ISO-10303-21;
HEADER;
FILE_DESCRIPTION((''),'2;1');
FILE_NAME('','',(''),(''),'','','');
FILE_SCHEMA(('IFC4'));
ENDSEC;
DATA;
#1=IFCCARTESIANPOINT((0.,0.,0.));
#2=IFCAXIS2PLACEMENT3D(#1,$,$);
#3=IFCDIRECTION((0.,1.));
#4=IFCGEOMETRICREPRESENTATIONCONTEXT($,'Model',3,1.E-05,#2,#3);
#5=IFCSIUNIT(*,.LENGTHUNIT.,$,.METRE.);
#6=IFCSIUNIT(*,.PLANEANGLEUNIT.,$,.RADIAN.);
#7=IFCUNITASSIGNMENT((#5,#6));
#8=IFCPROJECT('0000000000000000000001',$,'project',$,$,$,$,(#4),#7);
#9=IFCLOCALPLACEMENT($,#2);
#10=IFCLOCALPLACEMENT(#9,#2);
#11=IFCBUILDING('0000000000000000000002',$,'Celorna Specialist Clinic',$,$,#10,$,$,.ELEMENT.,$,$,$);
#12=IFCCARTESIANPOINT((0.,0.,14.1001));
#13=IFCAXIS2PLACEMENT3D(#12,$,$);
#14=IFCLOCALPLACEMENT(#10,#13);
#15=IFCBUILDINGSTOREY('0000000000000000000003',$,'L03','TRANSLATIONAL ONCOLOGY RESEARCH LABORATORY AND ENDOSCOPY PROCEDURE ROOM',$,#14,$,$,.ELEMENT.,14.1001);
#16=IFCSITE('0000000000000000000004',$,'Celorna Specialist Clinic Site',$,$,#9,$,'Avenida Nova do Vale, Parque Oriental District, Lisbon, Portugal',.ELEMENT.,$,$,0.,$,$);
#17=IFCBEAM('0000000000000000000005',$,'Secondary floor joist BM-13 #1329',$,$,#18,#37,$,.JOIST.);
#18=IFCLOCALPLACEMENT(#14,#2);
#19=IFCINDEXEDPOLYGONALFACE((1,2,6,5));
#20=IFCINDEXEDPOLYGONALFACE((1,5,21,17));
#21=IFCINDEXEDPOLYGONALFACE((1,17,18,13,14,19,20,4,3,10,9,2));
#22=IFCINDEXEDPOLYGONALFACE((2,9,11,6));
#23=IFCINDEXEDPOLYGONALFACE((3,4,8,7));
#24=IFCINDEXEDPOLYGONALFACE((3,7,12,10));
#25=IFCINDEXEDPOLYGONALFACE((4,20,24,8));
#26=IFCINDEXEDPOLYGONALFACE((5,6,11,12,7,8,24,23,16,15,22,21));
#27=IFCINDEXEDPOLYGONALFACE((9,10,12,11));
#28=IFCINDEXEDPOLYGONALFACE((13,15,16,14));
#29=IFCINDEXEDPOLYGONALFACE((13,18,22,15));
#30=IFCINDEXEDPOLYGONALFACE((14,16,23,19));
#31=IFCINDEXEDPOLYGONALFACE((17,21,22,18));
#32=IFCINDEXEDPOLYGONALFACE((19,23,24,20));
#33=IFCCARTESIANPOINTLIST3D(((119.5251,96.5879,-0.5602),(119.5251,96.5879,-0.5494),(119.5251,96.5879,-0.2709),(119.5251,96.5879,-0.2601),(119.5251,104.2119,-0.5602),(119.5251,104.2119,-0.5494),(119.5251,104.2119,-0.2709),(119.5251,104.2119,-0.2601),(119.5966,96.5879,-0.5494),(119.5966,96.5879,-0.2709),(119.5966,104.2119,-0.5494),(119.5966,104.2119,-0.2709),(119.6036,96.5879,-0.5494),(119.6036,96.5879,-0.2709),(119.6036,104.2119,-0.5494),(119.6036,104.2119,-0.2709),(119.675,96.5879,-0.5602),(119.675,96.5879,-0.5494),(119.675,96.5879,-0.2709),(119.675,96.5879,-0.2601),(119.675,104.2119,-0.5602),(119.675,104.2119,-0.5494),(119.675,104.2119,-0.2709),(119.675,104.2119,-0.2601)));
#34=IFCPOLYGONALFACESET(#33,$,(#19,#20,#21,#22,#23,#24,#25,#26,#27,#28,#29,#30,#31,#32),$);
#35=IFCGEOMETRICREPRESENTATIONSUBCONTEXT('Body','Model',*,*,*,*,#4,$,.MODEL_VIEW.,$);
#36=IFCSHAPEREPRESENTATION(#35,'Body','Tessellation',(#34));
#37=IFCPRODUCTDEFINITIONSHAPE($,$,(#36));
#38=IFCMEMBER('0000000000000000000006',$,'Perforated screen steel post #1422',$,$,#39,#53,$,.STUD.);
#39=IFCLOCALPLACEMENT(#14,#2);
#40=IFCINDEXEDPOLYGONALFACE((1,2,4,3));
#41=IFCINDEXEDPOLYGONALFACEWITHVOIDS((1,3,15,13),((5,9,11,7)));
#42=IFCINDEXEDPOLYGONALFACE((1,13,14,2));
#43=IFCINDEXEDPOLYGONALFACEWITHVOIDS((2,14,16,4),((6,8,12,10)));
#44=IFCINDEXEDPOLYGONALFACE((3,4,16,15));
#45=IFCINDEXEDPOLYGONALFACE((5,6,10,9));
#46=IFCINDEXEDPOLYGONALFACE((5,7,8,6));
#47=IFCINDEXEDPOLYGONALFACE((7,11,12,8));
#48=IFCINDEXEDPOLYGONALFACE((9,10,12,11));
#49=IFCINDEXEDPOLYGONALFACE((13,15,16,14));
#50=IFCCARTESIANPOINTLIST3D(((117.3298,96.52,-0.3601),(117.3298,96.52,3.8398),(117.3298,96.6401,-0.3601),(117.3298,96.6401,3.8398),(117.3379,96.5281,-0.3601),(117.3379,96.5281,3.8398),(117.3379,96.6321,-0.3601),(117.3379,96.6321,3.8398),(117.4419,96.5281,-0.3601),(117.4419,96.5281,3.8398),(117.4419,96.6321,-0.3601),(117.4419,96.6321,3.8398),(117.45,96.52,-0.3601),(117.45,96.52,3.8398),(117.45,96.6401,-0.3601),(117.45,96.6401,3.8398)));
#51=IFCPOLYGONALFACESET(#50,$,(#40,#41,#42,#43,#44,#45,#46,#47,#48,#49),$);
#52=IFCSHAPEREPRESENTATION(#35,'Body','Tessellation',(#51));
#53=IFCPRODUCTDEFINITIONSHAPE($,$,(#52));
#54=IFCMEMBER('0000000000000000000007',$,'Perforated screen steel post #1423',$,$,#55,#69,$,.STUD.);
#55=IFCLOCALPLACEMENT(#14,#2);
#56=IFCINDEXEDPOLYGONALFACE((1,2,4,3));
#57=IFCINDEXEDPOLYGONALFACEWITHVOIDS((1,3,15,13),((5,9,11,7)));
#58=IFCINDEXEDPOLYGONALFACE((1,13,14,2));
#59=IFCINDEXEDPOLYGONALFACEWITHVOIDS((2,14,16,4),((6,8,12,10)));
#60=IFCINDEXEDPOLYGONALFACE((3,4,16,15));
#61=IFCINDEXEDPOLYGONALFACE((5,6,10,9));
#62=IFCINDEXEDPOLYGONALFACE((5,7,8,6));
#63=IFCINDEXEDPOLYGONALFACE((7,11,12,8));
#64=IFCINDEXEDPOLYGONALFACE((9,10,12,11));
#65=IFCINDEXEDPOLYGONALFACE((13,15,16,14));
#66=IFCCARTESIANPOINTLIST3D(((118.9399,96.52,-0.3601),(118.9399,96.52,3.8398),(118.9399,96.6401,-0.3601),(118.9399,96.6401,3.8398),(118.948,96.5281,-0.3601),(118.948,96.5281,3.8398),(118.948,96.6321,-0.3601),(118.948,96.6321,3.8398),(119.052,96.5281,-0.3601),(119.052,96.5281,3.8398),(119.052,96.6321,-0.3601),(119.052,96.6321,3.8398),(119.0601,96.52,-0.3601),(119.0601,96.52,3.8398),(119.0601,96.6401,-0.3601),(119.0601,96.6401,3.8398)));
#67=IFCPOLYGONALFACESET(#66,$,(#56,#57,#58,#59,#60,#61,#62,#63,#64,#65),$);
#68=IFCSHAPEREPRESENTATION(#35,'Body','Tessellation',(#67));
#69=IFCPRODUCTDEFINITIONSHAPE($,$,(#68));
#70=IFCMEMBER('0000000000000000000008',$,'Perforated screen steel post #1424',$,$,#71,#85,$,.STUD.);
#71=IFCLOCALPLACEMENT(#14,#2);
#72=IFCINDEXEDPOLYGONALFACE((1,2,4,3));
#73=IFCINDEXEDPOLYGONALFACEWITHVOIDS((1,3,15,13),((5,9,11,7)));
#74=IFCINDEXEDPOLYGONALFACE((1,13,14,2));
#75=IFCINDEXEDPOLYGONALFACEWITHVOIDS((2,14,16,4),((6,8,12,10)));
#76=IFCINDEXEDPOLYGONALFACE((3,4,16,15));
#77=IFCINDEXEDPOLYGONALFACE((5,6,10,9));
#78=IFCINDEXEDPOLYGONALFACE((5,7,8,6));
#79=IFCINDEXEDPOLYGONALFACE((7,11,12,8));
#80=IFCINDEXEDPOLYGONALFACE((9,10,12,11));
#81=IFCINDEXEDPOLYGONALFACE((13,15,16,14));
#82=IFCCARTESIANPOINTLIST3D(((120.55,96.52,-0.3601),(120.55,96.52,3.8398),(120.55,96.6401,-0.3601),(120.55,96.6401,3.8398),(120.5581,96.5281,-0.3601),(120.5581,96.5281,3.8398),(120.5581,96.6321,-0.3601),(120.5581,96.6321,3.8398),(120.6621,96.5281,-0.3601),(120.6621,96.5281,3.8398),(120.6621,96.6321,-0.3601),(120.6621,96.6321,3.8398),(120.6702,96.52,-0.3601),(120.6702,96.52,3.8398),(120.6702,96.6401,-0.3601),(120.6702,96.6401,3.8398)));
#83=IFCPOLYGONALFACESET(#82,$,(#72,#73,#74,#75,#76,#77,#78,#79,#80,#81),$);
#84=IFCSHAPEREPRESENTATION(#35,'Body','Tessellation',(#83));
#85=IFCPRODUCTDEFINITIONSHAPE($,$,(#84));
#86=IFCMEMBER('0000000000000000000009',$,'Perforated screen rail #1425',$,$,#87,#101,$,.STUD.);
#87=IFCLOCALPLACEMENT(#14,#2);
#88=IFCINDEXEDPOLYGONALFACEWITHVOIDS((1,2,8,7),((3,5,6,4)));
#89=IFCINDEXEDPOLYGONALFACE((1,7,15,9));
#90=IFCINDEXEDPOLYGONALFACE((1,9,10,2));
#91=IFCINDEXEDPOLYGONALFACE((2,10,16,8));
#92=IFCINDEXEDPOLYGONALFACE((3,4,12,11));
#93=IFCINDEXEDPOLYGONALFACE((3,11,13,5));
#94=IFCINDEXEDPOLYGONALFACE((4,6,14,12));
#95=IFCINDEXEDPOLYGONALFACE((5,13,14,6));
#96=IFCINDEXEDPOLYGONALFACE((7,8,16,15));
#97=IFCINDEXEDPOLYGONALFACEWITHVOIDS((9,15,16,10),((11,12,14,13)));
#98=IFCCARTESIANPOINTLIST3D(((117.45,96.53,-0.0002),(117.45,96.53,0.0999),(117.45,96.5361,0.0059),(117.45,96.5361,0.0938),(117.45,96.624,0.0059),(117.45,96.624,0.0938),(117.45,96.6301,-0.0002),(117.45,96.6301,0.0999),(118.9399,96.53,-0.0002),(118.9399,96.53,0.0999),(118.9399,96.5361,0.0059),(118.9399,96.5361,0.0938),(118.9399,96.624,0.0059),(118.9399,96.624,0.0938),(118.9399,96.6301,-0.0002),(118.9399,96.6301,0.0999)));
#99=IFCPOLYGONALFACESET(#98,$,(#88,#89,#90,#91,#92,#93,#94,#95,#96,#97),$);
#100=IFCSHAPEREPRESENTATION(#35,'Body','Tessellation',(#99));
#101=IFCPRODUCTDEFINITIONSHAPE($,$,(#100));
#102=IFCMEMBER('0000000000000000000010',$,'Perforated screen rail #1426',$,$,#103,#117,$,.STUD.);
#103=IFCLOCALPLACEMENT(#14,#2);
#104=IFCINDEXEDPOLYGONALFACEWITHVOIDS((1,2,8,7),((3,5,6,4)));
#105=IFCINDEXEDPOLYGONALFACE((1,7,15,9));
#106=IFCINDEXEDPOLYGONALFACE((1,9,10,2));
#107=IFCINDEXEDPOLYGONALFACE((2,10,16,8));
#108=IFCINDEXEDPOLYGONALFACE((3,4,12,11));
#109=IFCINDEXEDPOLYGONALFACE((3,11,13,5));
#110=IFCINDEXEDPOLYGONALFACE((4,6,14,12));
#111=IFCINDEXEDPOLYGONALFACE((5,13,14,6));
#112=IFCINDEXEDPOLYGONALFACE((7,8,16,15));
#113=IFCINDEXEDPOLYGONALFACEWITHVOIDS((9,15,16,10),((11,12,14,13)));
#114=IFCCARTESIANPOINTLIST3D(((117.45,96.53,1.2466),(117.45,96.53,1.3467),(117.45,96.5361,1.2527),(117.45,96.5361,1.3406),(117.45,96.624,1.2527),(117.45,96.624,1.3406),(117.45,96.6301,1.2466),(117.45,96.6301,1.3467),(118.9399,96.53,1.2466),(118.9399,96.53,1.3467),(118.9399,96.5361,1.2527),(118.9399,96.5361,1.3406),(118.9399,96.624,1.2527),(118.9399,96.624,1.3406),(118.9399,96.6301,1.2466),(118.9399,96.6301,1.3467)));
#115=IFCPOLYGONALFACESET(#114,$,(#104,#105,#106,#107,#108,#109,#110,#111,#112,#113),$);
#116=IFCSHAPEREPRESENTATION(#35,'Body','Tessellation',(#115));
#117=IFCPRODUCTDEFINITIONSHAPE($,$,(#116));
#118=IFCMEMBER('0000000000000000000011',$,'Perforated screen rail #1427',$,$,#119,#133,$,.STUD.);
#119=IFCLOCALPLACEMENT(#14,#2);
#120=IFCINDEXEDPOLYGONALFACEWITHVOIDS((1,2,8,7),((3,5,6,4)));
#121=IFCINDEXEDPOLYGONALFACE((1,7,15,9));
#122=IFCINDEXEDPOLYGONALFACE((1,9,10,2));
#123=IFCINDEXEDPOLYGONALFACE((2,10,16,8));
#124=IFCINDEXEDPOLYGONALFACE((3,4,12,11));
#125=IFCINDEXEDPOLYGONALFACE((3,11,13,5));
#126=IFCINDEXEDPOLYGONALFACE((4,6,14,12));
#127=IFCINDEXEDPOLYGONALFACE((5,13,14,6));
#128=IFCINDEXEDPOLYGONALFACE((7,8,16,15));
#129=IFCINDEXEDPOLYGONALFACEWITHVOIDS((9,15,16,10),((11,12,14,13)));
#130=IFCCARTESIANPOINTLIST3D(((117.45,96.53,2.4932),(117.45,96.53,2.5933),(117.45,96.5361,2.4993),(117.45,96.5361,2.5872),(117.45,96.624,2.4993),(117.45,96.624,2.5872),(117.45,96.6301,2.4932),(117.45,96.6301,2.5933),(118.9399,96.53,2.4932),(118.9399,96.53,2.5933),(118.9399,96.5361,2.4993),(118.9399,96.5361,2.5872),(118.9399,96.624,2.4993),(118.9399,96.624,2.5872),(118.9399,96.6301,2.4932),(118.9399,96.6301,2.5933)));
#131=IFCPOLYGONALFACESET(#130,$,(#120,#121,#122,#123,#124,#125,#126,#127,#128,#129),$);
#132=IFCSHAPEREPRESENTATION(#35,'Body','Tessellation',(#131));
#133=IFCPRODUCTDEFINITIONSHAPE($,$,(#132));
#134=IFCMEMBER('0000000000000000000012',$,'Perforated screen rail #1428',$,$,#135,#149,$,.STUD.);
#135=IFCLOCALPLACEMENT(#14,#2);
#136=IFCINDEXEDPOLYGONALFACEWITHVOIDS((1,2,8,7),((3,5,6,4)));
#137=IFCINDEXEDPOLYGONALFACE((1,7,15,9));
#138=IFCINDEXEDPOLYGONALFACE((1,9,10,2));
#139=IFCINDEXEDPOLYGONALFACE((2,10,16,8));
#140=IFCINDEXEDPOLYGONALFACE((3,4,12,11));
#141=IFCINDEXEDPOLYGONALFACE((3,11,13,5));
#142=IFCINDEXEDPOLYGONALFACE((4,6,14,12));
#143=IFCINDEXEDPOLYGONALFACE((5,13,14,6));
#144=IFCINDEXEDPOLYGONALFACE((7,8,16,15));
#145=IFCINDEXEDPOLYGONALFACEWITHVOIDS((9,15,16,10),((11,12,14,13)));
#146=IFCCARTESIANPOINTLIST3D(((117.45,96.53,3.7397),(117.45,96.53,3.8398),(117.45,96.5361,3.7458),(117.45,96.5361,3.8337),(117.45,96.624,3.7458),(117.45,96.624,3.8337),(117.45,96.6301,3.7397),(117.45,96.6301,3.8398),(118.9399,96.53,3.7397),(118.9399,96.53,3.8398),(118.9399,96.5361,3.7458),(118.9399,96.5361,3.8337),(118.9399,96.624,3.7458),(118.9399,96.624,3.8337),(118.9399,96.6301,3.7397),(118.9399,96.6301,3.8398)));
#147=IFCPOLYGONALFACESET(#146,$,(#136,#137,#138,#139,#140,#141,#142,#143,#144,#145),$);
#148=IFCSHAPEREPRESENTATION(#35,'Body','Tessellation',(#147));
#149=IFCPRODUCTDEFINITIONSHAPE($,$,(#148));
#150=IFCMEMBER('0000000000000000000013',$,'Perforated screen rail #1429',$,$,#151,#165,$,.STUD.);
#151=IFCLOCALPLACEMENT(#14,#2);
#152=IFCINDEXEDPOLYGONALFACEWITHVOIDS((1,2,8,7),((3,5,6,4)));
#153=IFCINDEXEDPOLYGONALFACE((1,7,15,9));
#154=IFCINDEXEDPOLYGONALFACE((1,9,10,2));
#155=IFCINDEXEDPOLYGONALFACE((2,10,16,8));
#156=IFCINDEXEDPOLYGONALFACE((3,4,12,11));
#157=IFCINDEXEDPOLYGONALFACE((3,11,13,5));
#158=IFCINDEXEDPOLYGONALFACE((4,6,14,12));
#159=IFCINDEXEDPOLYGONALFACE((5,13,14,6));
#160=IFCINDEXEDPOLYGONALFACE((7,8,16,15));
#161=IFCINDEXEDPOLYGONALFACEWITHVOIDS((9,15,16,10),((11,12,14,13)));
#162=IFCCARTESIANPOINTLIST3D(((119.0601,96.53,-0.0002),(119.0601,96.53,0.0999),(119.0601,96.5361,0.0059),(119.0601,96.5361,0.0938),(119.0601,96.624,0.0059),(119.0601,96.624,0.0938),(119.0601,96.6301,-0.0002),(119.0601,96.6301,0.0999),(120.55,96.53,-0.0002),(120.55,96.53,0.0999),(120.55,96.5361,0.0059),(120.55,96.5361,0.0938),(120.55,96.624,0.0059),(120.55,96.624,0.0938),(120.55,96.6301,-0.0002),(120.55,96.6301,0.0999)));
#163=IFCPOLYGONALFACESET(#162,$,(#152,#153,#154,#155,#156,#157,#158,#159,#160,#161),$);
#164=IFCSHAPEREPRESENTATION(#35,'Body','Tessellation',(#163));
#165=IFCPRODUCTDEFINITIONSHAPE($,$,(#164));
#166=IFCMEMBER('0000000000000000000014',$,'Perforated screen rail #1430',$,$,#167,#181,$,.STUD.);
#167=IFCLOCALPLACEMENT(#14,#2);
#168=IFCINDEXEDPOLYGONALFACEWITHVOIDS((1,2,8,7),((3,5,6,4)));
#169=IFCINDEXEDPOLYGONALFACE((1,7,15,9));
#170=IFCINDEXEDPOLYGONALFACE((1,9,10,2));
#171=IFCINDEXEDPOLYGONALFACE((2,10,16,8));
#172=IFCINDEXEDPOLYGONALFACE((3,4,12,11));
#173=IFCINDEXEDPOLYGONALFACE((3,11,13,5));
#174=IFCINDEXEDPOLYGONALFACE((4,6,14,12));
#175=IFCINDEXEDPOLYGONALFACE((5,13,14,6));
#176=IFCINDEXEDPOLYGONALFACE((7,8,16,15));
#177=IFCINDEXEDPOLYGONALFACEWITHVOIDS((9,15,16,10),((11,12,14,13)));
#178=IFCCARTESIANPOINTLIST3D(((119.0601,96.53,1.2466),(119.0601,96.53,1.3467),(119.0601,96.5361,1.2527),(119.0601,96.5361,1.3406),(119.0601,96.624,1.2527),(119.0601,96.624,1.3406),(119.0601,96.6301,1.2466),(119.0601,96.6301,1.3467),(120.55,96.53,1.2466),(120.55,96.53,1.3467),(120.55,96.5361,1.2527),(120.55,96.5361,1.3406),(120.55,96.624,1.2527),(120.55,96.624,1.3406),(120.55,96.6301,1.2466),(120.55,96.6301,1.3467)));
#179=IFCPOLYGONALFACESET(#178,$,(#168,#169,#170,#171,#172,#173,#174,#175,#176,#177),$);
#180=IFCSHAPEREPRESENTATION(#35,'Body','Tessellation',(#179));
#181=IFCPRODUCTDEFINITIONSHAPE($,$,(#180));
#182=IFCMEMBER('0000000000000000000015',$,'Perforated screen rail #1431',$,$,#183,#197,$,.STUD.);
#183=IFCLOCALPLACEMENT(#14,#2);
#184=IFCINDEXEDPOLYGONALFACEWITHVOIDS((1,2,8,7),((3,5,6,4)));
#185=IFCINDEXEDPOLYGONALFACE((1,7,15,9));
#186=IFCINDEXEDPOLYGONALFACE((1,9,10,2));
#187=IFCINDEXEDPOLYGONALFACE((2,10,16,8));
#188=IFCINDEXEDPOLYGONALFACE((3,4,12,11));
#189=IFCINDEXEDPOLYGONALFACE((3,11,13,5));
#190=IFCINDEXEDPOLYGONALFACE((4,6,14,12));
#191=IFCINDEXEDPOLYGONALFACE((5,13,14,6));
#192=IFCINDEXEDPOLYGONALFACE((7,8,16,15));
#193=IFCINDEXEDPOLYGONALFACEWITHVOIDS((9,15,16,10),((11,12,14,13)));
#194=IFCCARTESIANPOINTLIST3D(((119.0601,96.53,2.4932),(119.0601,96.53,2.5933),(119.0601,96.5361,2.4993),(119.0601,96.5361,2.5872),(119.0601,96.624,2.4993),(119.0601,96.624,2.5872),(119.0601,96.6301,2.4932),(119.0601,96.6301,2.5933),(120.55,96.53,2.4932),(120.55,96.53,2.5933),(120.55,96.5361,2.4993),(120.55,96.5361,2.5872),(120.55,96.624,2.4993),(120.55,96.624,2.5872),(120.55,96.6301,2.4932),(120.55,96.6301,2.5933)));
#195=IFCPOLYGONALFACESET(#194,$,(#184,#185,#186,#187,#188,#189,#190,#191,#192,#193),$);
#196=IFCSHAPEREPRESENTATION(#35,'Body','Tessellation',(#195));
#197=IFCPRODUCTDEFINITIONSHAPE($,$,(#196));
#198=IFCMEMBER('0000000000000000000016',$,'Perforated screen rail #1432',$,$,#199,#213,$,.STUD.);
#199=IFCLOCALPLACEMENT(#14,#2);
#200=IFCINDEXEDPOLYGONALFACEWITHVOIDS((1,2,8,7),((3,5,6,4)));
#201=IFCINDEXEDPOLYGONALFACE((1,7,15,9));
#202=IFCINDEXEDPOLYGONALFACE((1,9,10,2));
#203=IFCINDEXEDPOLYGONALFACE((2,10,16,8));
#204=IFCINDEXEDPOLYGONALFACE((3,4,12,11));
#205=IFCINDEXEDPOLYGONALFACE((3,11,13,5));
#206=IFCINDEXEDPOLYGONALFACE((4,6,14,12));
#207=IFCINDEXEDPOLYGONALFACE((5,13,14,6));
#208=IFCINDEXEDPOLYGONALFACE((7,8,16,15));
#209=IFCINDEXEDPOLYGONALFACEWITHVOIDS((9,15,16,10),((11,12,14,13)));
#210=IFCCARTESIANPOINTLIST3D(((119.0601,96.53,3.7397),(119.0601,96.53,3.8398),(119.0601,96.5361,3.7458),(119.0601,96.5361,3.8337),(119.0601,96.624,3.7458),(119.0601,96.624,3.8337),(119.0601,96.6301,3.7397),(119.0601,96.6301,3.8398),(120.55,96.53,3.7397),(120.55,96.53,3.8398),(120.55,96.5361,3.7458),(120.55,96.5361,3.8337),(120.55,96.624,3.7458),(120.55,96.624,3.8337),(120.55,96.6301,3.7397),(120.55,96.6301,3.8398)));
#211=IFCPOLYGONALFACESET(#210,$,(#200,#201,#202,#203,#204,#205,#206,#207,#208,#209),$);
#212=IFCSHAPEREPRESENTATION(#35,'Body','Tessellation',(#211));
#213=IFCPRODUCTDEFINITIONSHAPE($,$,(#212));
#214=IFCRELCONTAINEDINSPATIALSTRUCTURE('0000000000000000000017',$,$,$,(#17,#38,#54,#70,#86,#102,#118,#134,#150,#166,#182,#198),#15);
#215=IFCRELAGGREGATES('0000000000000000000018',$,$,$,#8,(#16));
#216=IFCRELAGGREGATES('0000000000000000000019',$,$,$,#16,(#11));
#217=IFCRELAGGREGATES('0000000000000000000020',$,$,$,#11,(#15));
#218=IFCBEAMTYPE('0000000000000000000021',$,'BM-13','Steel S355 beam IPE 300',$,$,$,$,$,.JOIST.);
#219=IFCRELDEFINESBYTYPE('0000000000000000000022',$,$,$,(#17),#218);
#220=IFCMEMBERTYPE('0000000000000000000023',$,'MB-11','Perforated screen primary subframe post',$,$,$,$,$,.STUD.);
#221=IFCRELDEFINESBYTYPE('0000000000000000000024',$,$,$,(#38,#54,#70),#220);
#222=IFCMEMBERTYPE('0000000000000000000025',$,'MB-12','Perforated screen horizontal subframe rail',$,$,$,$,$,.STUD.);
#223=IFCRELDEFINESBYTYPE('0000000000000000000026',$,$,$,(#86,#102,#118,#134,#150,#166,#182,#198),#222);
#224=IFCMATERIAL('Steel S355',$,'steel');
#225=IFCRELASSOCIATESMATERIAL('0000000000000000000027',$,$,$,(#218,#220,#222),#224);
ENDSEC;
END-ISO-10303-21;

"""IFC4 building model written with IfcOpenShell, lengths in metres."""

from ifc_helpers import new_model, si_unit, direction, frame, origin, origin_2d, place, context, subcontext, project, spatial, hollow_rectangle, i_section, extrude, material, material_profile, profile_set, type_object, element, save


model = new_model("IFC4")

# Units and contexts
model_context = context("Model", 3, precision=1e-05, world=origin(), true_north=direction((0.0, 1.0)))
body_context = subcontext(model_context, "Body", "Model", "MODEL_VIEW")
ifc_project = project(units=[si_unit("LENGTHUNIT", "METRE"), si_unit("PLANEANGLEUNIT", "RADIAN")], contexts=[model_context])

# Site, building, storey
site_placement = place(None, origin())
site = spatial("IfcSite", under=ifc_project, at=site_placement, Name="Celorna Specialist Clinic Site", LongName="Avenida Nova do Vale, Parque Oriental District, Lisbon, Portugal", CompositionType="ELEMENT", RefElevation=0.0)
building_placement = place(site_placement, origin())
building = spatial("IfcBuilding", under=site, at=building_placement, Name="Celorna Specialist Clinic", CompositionType="ELEMENT")
storey_placement = place(building_placement, frame((0.0, 0.0, 14.1001)))
storey = spatial("IfcBuildingStorey", under=building, at=storey_placement, Name="L03", Description="TRANSLATIONAL ONCOLOGY RESEARCH LABORATORY AND ENDOSCOPY PROCEDURE ROOM", CompositionType="ELEMENT", Elevation=14.1001)

# Beam
ifc_material_1 = material(Name="Steel S355", Category="steel")
ifc_material_profile_1 = material_profile(ifc_material_1, i_section(OverallWidth=0.1499, OverallDepth=0.3, WebThickness=0.0071, FlangeThickness=0.0107, at=origin_2d()), Name="IPE 300")
ifc_profile_set_1 = profile_set([ifc_material_profile_1], Name="Steel S355")
beam_type = type_object("IfcBeamType", Name="BM-13", Description="Steel S355 beam IPE 300", PredefinedType="JOIST", material=ifc_profile_set_1)
beam_placement = place(storey_placement, frame((119.6001, 96.5879, -0.4102), z_axis=(0.0, 1.0, 0.0), x_axis=(-1.0, 0.0, 0.0)))
element("IfcBeam", 1, at=beam_placement, inside=storey, type_object=beam_type, Name="Secondary floor joist BM-13 #1329", PredefinedType="JOIST", context=body_context, shape_type="SweptSolid", body=[
    extrude(i_section(OverallWidth=0.1499, OverallDepth=0.3, WebThickness=0.0071, FlangeThickness=0.0107, at=origin_2d()), origin(), (0.0, 0.0, 1.0), 7.624),
])

# Members
ifc_material_profile_2 = material_profile(ifc_material_1, hollow_rectangle(XDim=0.1201, YDim=0.1201, WallThickness=0.0081, at=origin_2d()), Name="SHS 120x120x8")
ifc_profile_set_2 = profile_set([ifc_material_profile_2], Name="Steel S355")
member_type_1 = type_object("IfcMemberType", Name="MB-11", Description="Perforated screen primary subframe post", PredefinedType="STUD", material=ifc_profile_set_2)
for number, where, z_axis, x_axis, name in (
    (2, (117.3899, 96.5801, -0.3601), (0.0, 0.0, 1.0), (1.0, 0.0, 0.0), "Perforated screen steel post #1422"),
    (3, (119.0, 96.5801, -0.3601), (0.0, 0.0, 1.0), (1.0, 0.0, 0.0), "Perforated screen steel post #1423"),
    (4, (120.6101, 96.5801, -0.3601), (0.0, 0.0, 1.0), (1.0, 0.0, 0.0), "Perforated screen steel post #1424"),
):
    element("IfcMember", number, at=place(storey_placement, frame(where, z_axis=z_axis, x_axis=x_axis)), inside=storey, type_object=member_type_1, Name=name, PredefinedType="STUD", context=body_context, shape_type="SweptSolid", body=[
        extrude(hollow_rectangle(XDim=0.1201, YDim=0.1201, WallThickness=0.0081, at=origin_2d()), origin(), (0.0, 0.0, 1.0), 4.2),
    ])
ifc_material_profile_3 = material_profile(ifc_material_1, hollow_rectangle(XDim=0.1001, YDim=0.1001, WallThickness=0.0061, at=origin_2d()), Name="SHS 100x100x6")
ifc_profile_set_3 = profile_set([ifc_material_profile_3], Name="Steel S355")
member_type_2 = type_object("IfcMemberType", Name="MB-12", Description="Perforated screen horizontal subframe rail", PredefinedType="STUD", material=ifc_profile_set_3)
for number, where, z_axis, x_axis, name in (
    (5, (117.45, 96.5801, 0.0498), (1.0, 0.0, 0.0), (0.0, 1.0, 0.0), "Perforated screen rail #1425"),
    (6, (117.45, 96.5801, 1.2966), (1.0, 0.0, 0.0), (0.0, 1.0, 0.0), "Perforated screen rail #1426"),
    (7, (117.45, 96.5801, 2.5432), (1.0, 0.0, 0.0), (0.0, 1.0, 0.0), "Perforated screen rail #1427"),
    (8, (117.45, 96.5801, 3.7898), (1.0, 0.0, 0.0), (0.0, 1.0, 0.0), "Perforated screen rail #1428"),
    (9, (119.0601, 96.5801, 0.0498), (1.0, 0.0, 0.0), (0.0, 1.0, 0.0), "Perforated screen rail #1429"),
    (10, (119.0601, 96.5801, 1.2966), (1.0, 0.0, 0.0), (0.0, 1.0, 0.0), "Perforated screen rail #1430"),
    (11, (119.0601, 96.5801, 2.5432), (1.0, 0.0, 0.0), (0.0, 1.0, 0.0), "Perforated screen rail #1431"),
    (12, (119.0601, 96.5801, 3.7898), (1.0, 0.0, 0.0), (0.0, 1.0, 0.0), "Perforated screen rail #1432"),
):
    element("IfcMember", number, at=place(storey_placement, frame(where, z_axis=z_axis, x_axis=x_axis)), inside=storey, type_object=member_type_2, Name=name, PredefinedType="STUD", context=body_context, shape_type="SweptSolid", body=[
        extrude(hollow_rectangle(XDim=0.1001, YDim=0.1001, WallThickness=0.0061, at=origin_2d()), origin(), (0.0, 0.0, 1.0), 1.49),
    ])

save(model, "model.ifc")
